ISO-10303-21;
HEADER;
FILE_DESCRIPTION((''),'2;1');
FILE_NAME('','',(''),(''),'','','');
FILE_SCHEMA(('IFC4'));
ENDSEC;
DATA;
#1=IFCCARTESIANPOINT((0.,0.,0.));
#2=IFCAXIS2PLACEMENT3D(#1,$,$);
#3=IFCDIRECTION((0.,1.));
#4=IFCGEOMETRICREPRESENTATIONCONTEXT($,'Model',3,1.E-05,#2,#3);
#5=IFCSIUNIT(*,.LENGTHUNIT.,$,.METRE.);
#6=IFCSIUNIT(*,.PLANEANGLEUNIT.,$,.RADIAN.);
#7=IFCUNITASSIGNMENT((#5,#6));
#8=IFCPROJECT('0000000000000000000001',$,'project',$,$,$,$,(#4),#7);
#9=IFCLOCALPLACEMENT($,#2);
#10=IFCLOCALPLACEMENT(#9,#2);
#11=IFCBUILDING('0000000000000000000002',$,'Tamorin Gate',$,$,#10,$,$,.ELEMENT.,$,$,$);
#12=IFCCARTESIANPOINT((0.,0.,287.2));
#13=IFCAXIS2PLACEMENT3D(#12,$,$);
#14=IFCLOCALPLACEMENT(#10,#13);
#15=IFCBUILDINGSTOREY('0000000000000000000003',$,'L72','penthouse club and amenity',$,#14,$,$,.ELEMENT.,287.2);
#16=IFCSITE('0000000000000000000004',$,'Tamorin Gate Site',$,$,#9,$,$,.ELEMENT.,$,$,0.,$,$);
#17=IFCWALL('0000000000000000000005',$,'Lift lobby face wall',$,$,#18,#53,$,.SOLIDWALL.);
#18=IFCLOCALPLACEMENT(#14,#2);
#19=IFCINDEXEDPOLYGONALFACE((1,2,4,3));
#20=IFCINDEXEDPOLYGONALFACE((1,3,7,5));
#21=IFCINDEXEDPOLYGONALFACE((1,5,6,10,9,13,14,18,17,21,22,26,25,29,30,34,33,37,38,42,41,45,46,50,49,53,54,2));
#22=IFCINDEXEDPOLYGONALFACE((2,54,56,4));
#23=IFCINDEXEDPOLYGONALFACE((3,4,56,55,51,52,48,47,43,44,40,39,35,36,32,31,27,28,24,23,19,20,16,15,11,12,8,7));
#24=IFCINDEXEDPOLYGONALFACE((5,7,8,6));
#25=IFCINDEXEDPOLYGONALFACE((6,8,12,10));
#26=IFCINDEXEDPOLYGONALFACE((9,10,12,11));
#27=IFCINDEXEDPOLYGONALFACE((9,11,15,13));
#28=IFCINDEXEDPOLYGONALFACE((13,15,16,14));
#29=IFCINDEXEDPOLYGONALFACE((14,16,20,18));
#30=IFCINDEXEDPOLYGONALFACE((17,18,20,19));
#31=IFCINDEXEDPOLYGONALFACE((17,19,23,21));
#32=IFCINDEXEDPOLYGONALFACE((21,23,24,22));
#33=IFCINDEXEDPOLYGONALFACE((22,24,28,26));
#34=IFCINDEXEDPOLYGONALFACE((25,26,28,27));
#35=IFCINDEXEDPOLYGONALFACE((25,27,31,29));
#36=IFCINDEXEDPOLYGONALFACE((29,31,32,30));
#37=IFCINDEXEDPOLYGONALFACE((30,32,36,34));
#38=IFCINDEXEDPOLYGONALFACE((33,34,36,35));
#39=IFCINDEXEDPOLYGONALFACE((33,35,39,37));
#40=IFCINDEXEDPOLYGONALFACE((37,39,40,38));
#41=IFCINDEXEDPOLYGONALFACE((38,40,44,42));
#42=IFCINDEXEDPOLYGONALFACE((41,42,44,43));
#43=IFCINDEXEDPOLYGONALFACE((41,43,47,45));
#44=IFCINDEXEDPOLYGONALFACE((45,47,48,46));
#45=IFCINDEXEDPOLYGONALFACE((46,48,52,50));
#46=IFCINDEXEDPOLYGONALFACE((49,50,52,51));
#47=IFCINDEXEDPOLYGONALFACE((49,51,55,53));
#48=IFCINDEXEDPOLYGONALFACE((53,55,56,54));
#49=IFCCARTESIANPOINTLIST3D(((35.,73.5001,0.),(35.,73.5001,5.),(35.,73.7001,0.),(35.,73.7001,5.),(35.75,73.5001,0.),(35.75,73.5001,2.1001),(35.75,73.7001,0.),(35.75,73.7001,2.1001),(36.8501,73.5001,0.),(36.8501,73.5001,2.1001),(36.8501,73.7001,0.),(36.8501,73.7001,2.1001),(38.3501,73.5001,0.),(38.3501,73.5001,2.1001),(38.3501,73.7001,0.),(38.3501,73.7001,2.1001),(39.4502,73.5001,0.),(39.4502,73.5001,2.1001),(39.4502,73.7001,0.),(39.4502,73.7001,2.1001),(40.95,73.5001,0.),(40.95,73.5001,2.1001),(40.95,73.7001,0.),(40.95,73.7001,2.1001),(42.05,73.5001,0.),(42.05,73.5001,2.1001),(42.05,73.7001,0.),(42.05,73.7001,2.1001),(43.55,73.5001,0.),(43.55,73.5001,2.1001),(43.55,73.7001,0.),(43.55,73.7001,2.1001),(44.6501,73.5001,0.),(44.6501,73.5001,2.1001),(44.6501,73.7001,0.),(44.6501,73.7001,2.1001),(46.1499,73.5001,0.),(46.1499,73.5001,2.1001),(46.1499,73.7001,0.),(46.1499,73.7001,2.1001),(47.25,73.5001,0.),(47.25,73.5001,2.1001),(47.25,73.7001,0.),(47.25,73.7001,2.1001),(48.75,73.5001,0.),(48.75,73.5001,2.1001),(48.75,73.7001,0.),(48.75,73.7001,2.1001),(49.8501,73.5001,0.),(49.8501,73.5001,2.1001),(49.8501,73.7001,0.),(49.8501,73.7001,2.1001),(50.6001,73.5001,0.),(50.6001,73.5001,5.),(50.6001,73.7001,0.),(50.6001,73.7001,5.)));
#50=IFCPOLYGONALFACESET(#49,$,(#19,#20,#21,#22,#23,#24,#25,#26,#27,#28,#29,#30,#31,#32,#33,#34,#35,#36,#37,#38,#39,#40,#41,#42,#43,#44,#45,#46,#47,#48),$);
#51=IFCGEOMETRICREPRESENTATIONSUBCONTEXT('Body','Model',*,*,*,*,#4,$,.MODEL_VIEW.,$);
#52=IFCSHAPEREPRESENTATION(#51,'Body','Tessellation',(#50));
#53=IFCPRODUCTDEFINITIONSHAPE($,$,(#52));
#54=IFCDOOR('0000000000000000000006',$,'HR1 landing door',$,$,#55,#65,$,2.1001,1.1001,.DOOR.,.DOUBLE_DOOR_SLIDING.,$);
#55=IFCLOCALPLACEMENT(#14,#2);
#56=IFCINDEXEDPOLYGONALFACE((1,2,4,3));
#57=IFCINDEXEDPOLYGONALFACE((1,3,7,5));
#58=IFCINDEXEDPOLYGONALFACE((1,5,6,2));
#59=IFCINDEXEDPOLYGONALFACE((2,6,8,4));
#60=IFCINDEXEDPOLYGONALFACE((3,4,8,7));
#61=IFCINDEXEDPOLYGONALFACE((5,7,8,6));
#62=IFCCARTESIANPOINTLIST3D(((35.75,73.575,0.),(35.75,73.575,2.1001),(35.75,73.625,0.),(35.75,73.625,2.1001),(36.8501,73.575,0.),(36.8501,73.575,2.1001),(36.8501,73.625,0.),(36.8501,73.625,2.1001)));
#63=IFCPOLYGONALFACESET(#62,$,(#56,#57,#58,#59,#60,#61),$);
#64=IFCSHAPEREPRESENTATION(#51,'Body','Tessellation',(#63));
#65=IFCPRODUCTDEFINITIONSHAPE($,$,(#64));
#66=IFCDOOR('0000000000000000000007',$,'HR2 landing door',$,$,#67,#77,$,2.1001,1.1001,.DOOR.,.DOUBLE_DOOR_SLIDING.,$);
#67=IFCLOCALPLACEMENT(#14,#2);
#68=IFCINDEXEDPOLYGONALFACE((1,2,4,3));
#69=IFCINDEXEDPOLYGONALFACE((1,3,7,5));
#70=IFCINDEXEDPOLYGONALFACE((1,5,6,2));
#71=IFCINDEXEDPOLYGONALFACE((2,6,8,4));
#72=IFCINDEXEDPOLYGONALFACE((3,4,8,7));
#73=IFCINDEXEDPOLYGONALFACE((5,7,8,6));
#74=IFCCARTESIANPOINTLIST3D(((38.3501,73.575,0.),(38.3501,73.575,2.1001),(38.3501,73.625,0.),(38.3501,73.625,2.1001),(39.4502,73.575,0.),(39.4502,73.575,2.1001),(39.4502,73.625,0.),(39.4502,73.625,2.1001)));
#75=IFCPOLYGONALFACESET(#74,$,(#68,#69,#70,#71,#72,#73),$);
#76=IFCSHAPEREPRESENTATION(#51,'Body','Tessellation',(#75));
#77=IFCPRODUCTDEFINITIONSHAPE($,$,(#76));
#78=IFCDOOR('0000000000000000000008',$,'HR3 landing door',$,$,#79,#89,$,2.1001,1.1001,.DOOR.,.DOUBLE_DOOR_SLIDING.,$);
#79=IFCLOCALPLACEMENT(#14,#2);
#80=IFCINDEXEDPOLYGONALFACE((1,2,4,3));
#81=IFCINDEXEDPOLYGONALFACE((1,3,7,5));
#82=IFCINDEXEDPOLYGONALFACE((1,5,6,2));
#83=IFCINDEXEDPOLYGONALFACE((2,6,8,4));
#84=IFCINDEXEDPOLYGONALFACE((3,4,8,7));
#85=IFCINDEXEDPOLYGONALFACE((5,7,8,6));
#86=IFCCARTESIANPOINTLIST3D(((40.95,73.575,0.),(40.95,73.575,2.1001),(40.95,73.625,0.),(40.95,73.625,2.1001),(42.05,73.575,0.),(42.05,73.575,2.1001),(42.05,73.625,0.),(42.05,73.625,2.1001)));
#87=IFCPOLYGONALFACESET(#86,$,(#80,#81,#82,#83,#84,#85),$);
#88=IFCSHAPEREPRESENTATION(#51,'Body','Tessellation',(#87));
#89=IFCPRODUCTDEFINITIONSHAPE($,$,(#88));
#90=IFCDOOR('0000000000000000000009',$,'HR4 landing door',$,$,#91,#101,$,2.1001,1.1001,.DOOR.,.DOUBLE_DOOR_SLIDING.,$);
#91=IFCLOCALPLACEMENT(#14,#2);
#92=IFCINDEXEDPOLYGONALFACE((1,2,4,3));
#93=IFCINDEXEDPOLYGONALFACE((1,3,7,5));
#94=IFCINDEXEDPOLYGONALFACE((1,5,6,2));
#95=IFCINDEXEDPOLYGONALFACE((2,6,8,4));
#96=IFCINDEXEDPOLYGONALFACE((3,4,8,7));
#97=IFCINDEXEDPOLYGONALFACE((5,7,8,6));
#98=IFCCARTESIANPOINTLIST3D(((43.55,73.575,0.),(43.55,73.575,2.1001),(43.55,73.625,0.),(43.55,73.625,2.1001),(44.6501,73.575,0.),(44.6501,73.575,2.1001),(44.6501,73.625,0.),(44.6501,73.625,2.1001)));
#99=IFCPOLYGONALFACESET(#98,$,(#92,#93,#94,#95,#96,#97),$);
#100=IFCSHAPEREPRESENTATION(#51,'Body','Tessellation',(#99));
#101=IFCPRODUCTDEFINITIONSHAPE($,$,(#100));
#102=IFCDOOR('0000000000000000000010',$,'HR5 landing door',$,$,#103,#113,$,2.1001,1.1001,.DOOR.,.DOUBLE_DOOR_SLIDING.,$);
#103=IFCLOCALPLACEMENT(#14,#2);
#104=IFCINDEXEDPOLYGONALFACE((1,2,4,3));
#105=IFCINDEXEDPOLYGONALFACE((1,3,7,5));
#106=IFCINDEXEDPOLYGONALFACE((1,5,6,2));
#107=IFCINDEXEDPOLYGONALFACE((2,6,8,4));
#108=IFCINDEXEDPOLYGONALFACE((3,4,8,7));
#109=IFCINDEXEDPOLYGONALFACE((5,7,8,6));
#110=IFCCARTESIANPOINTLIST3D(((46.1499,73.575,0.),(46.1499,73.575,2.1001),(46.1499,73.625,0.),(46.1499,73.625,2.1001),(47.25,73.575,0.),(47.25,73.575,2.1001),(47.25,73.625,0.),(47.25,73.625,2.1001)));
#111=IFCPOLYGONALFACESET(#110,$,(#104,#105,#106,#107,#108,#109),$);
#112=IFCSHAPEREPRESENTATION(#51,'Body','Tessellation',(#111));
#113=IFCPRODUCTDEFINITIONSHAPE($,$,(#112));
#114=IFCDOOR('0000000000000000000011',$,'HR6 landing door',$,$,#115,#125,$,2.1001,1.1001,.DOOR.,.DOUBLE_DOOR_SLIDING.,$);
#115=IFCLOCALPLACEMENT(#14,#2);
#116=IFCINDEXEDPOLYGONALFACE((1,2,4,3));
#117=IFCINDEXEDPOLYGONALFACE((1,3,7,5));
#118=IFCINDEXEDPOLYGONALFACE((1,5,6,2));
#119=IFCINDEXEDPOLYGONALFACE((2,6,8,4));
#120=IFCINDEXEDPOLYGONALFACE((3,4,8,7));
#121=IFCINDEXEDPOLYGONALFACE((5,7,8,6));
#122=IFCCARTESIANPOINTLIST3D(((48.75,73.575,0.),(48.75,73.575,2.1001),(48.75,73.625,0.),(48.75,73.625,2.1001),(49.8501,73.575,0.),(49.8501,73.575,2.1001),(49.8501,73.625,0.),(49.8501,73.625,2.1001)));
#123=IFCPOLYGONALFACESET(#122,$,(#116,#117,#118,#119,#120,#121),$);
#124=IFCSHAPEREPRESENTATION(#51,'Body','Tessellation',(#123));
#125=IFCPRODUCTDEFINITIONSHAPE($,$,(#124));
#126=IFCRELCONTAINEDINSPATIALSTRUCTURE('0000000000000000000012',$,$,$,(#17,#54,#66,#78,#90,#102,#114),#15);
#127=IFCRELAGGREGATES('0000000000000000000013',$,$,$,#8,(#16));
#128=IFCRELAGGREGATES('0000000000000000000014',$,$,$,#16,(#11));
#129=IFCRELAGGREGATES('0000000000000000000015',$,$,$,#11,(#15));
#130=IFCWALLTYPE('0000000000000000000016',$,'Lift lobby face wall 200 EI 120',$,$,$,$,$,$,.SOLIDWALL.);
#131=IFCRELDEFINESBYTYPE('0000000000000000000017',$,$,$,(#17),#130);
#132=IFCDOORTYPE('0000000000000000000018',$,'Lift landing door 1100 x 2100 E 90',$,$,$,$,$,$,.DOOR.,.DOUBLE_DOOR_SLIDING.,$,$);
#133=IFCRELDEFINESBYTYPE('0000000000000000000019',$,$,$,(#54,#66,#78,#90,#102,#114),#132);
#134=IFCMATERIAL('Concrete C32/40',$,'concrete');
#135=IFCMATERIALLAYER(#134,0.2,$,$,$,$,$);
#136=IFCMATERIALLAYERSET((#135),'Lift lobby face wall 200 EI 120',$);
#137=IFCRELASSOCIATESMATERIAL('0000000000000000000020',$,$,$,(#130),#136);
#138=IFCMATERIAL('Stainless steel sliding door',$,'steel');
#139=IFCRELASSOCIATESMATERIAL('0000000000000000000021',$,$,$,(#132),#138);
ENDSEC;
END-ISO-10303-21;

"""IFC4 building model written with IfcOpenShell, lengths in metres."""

from ifc_helpers import new_model, si_unit, direction, frame, frame_2d, origin, place, context, subcontext, project, spatial, rectangle, extrude, material, layer, layer_set, type_object, element, fill, save


model = new_model("IFC4")

# Units and contexts
model_context = context("Model", 3, precision=1e-05, world=origin(), true_north=direction((0.0, 1.0)))
body_context = subcontext(model_context, "Body", "Model", "MODEL_VIEW")
ifc_project = project(units=[si_unit("LENGTHUNIT", "METRE"), si_unit("PLANEANGLEUNIT", "RADIAN")], contexts=[model_context])

# Site, building, storey
site_placement = place(None, origin())
site = spatial("IfcSite", under=ifc_project, at=site_placement, Name="Tamorin Gate Site", CompositionType="ELEMENT", RefElevation=0.0)
building_placement = place(site_placement, origin())
building = spatial("IfcBuilding", under=site, at=building_placement, Name="Tamorin Gate", CompositionType="ELEMENT")
storey_placement = place(building_placement, frame((0.0, 0.0, 287.2)))
storey = spatial("IfcBuildingStorey", under=building, at=storey_placement, Name="L72", Description="penthouse club and amenity", CompositionType="ELEMENT", Elevation=287.2)

# Wall, openings, doors
ifc_material_1 = material(Name="Concrete C32/40", Category="concrete")
ifc_layer_1 = layer(ifc_material_1, 0.2)
ifc_layer_set_1 = layer_set([ifc_layer_1], Name="Lift lobby face wall 200 EI 120")
wall_type_1 = type_object("IfcWallType", Name="Lift lobby face wall 200 EI 120", PredefinedType="SOLIDWALL", material=ifc_layer_set_1)
wall_1_placement = place(storey_placement, frame((35.0, 73.6001, 0.0), z_axis=(0.0, 0.0, 1.0), x_axis=(1.0, 0.0, 0.0)))
wall_1 = element("IfcWall", 1, at=wall_1_placement, inside=storey, type_object=wall_type_1, Name="Lift lobby face wall", PredefinedType="SOLIDWALL", context=body_context, shape_type="SweptSolid", body=[
    extrude(rectangle(XDim=15.6001, YDim=0.2, at=frame_2d((7.8, 0.0))), origin(), (0.0, 0.0, 1.0), 5.0),
])
opening_1_placement = place(wall_1_placement, frame((0.75, 0.0, 0.0)))
opening_1 = element("IfcOpeningElement", 2, at=opening_1_placement, cuts=wall_1, PredefinedType="OPENING", context=body_context, shape_type="SweptSolid", body=[
    extrude(rectangle(XDim=1.1001, YDim=2.1001, at=frame_2d((0.55, 1.05))), frame((0.0, 0.1099, 0.0), z_axis=(0.0, -1.0, 0.0), x_axis=(1.0, 0.0, 0.0)), (0.0, 0.0, 1.0), 0.22),
])
opening_2_placement = place(wall_1_placement, frame((3.3501, 0.0, 0.0)))
opening_2 = element("IfcOpeningElement", 3, at=opening_2_placement, cuts=wall_1, PredefinedType="OPENING", context=body_context, shape_type="SweptSolid", body=[
    extrude(rectangle(XDim=1.1001, YDim=2.1001, at=frame_2d((0.55, 1.05))), frame((0.0, 0.1099, 0.0), z_axis=(0.0, -1.0, 0.0), x_axis=(1.0, 0.0, 0.0)), (0.0, 0.0, 1.0), 0.22),
])
opening_3_placement = place(wall_1_placement, frame((5.95, 0.0, 0.0)))
opening_3 = element("IfcOpeningElement", 4, at=opening_3_placement, cuts=wall_1, PredefinedType="OPENING", context=body_context, shape_type="SweptSolid", body=[
    extrude(rectangle(XDim=1.1001, YDim=2.1001, at=frame_2d((0.55, 1.05))), frame((0.0, 0.1099, 0.0), z_axis=(0.0, -1.0, 0.0), x_axis=(1.0, 0.0, 0.0)), (0.0, 0.0, 1.0), 0.22),
])
opening_4_placement = place(wall_1_placement, frame((8.55, 0.0, 0.0)))
opening_4 = element("IfcOpeningElement", 5, at=opening_4_placement, cuts=wall_1, PredefinedType="OPENING", context=body_context, shape_type="SweptSolid", body=[
    extrude(rectangle(XDim=1.1001, YDim=2.1001, at=frame_2d((0.55, 1.05))), frame((0.0, 0.1099, 0.0), z_axis=(0.0, -1.0, 0.0), x_axis=(1.0, 0.0, 0.0)), (0.0, 0.0, 1.0), 0.22),
])
opening_5_placement = place(wall_1_placement, frame((11.1499, 0.0, 0.0)))
opening_5 = element("IfcOpeningElement", 6, at=opening_5_placement, cuts=wall_1, PredefinedType="OPENING", context=body_context, shape_type="SweptSolid", body=[
    extrude(rectangle(XDim=1.1001, YDim=2.1001, at=frame_2d((0.55, 1.05))), frame((0.0, 0.1099, 0.0), z_axis=(0.0, -1.0, 0.0), x_axis=(1.0, 0.0, 0.0)), (0.0, 0.0, 1.0), 0.22),
])
opening_6_placement = place(wall_1_placement, frame((13.75, 0.0, 0.0)))
opening_6 = element("IfcOpeningElement", 7, at=opening_6_placement, cuts=wall_1, PredefinedType="OPENING", context=body_context, shape_type="SweptSolid", body=[
    extrude(rectangle(XDim=1.1001, YDim=2.1001, at=frame_2d((0.55, 1.05))), frame((0.0, 0.1099, 0.0), z_axis=(0.0, -1.0, 0.0), x_axis=(1.0, 0.0, 0.0)), (0.0, 0.0, 1.0), 0.22),
])
ifc_material_2 = material(Name="Stainless steel sliding door", Category="steel")
door_type_1 = type_object("IfcDoorType", Name="Lift landing door 1100 x 2100 E 90", OperationType="DOUBLE_DOOR_SLIDING", PredefinedType="DOOR", material=ifc_material_2)
door_1_placement = place(opening_1_placement, origin())
door_1 = element("IfcDoor", 8, at=door_1_placement, inside=storey, type_object=door_type_1, Name="HR1 landing door", OperationType="DOUBLE_DOOR_SLIDING", OverallHeight=2.1001, OverallWidth=1.1001, PredefinedType="DOOR", context=body_context, shape_type="SweptSolid", body=[
    extrude(rectangle(XDim=1.1001, YDim=2.1001, at=frame_2d((0.55, 1.05))), frame((0.0, 0.0249, 0.0), z_axis=(0.0, -1.0, 0.0), x_axis=(1.0, 0.0, 0.0)), (0.0, 0.0, 1.0), 0.05),
])
fill(opening_1, door_1)
door_2_placement = place(opening_2_placement, origin())
door_2 = element("IfcDoor", 9, at=door_2_placement, inside=storey, type_object=door_type_1, Name="HR2 landing door", OperationType="DOUBLE_DOOR_SLIDING", OverallHeight=2.1001, OverallWidth=1.1001, PredefinedType="DOOR", context=body_context, shape_type="SweptSolid", body=[
    extrude(rectangle(XDim=1.1001, YDim=2.1001, at=frame_2d((0.55, 1.05))), frame((0.0, 0.0249, 0.0), z_axis=(0.0, -1.0, 0.0), x_axis=(1.0, 0.0, 0.0)), (0.0, 0.0, 1.0), 0.05),
])
fill(opening_2, door_2)
door_3_placement = place(opening_3_placement, origin())
door_3 = element("IfcDoor", 10, at=door_3_placement, inside=storey, type_object=door_type_1, Name="HR3 landing door", OperationType="DOUBLE_DOOR_SLIDING", OverallHeight=2.1001, OverallWidth=1.1001, PredefinedType="DOOR", context=body_context, shape_type="SweptSolid", body=[
    extrude(rectangle(XDim=1.1001, YDim=2.1001, at=frame_2d((0.55, 1.05))), frame((0.0, 0.0249, 0.0), z_axis=(0.0, -1.0, 0.0), x_axis=(1.0, 0.0, 0.0)), (0.0, 0.0, 1.0), 0.05),
])
fill(opening_3, door_3)
door_4_placement = place(opening_4_placement, origin())
door_4 = element("IfcDoor", 11, at=door_4_placement, inside=storey, type_object=door_type_1, Name="HR4 landing door", OperationType="DOUBLE_DOOR_SLIDING", OverallHeight=2.1001, OverallWidth=1.1001, PredefinedType="DOOR", context=body_context, shape_type="SweptSolid", body=[
    extrude(rectangle(XDim=1.1001, YDim=2.1001, at=frame_2d((0.55, 1.05))), frame((0.0, 0.0249, 0.0), z_axis=(0.0, -1.0, 0.0), x_axis=(1.0, 0.0, 0.0)), (0.0, 0.0, 1.0), 0.05),
])
fill(opening_4, door_4)
door_5_placement = place(opening_5_placement, origin())
door_5 = element("IfcDoor", 12, at=door_5_placement, inside=storey, type_object=door_type_1, Name="HR5 landing door", OperationType="DOUBLE_DOOR_SLIDING", OverallHeight=2.1001, OverallWidth=1.1001, PredefinedType="DOOR", context=body_context, shape_type="SweptSolid", body=[
    extrude(rectangle(XDim=1.1001, YDim=2.1001, at=frame_2d((0.55, 1.05))), frame((0.0, 0.0249, 0.0), z_axis=(0.0, -1.0, 0.0), x_axis=(1.0, 0.0, 0.0)), (0.0, 0.0, 1.0), 0.05),
])
fill(opening_5, door_5)
door_6_placement = place(opening_6_placement, origin())
door_6 = element("IfcDoor", 13, at=door_6_placement, inside=storey, type_object=door_type_1, Name="HR6 landing door", OperationType="DOUBLE_DOOR_SLIDING", OverallHeight=2.1001, OverallWidth=1.1001, PredefinedType="DOOR", context=body_context, shape_type="SweptSolid", body=[
    extrude(rectangle(XDim=1.1001, YDim=2.1001, at=frame_2d((0.55, 1.05))), frame((0.0, 0.0249, 0.0), z_axis=(0.0, -1.0, 0.0), x_axis=(1.0, 0.0, 0.0)), (0.0, 0.0, 1.0), 0.05),
])
fill(opening_6, door_6)

save(model, "model.ifc")
